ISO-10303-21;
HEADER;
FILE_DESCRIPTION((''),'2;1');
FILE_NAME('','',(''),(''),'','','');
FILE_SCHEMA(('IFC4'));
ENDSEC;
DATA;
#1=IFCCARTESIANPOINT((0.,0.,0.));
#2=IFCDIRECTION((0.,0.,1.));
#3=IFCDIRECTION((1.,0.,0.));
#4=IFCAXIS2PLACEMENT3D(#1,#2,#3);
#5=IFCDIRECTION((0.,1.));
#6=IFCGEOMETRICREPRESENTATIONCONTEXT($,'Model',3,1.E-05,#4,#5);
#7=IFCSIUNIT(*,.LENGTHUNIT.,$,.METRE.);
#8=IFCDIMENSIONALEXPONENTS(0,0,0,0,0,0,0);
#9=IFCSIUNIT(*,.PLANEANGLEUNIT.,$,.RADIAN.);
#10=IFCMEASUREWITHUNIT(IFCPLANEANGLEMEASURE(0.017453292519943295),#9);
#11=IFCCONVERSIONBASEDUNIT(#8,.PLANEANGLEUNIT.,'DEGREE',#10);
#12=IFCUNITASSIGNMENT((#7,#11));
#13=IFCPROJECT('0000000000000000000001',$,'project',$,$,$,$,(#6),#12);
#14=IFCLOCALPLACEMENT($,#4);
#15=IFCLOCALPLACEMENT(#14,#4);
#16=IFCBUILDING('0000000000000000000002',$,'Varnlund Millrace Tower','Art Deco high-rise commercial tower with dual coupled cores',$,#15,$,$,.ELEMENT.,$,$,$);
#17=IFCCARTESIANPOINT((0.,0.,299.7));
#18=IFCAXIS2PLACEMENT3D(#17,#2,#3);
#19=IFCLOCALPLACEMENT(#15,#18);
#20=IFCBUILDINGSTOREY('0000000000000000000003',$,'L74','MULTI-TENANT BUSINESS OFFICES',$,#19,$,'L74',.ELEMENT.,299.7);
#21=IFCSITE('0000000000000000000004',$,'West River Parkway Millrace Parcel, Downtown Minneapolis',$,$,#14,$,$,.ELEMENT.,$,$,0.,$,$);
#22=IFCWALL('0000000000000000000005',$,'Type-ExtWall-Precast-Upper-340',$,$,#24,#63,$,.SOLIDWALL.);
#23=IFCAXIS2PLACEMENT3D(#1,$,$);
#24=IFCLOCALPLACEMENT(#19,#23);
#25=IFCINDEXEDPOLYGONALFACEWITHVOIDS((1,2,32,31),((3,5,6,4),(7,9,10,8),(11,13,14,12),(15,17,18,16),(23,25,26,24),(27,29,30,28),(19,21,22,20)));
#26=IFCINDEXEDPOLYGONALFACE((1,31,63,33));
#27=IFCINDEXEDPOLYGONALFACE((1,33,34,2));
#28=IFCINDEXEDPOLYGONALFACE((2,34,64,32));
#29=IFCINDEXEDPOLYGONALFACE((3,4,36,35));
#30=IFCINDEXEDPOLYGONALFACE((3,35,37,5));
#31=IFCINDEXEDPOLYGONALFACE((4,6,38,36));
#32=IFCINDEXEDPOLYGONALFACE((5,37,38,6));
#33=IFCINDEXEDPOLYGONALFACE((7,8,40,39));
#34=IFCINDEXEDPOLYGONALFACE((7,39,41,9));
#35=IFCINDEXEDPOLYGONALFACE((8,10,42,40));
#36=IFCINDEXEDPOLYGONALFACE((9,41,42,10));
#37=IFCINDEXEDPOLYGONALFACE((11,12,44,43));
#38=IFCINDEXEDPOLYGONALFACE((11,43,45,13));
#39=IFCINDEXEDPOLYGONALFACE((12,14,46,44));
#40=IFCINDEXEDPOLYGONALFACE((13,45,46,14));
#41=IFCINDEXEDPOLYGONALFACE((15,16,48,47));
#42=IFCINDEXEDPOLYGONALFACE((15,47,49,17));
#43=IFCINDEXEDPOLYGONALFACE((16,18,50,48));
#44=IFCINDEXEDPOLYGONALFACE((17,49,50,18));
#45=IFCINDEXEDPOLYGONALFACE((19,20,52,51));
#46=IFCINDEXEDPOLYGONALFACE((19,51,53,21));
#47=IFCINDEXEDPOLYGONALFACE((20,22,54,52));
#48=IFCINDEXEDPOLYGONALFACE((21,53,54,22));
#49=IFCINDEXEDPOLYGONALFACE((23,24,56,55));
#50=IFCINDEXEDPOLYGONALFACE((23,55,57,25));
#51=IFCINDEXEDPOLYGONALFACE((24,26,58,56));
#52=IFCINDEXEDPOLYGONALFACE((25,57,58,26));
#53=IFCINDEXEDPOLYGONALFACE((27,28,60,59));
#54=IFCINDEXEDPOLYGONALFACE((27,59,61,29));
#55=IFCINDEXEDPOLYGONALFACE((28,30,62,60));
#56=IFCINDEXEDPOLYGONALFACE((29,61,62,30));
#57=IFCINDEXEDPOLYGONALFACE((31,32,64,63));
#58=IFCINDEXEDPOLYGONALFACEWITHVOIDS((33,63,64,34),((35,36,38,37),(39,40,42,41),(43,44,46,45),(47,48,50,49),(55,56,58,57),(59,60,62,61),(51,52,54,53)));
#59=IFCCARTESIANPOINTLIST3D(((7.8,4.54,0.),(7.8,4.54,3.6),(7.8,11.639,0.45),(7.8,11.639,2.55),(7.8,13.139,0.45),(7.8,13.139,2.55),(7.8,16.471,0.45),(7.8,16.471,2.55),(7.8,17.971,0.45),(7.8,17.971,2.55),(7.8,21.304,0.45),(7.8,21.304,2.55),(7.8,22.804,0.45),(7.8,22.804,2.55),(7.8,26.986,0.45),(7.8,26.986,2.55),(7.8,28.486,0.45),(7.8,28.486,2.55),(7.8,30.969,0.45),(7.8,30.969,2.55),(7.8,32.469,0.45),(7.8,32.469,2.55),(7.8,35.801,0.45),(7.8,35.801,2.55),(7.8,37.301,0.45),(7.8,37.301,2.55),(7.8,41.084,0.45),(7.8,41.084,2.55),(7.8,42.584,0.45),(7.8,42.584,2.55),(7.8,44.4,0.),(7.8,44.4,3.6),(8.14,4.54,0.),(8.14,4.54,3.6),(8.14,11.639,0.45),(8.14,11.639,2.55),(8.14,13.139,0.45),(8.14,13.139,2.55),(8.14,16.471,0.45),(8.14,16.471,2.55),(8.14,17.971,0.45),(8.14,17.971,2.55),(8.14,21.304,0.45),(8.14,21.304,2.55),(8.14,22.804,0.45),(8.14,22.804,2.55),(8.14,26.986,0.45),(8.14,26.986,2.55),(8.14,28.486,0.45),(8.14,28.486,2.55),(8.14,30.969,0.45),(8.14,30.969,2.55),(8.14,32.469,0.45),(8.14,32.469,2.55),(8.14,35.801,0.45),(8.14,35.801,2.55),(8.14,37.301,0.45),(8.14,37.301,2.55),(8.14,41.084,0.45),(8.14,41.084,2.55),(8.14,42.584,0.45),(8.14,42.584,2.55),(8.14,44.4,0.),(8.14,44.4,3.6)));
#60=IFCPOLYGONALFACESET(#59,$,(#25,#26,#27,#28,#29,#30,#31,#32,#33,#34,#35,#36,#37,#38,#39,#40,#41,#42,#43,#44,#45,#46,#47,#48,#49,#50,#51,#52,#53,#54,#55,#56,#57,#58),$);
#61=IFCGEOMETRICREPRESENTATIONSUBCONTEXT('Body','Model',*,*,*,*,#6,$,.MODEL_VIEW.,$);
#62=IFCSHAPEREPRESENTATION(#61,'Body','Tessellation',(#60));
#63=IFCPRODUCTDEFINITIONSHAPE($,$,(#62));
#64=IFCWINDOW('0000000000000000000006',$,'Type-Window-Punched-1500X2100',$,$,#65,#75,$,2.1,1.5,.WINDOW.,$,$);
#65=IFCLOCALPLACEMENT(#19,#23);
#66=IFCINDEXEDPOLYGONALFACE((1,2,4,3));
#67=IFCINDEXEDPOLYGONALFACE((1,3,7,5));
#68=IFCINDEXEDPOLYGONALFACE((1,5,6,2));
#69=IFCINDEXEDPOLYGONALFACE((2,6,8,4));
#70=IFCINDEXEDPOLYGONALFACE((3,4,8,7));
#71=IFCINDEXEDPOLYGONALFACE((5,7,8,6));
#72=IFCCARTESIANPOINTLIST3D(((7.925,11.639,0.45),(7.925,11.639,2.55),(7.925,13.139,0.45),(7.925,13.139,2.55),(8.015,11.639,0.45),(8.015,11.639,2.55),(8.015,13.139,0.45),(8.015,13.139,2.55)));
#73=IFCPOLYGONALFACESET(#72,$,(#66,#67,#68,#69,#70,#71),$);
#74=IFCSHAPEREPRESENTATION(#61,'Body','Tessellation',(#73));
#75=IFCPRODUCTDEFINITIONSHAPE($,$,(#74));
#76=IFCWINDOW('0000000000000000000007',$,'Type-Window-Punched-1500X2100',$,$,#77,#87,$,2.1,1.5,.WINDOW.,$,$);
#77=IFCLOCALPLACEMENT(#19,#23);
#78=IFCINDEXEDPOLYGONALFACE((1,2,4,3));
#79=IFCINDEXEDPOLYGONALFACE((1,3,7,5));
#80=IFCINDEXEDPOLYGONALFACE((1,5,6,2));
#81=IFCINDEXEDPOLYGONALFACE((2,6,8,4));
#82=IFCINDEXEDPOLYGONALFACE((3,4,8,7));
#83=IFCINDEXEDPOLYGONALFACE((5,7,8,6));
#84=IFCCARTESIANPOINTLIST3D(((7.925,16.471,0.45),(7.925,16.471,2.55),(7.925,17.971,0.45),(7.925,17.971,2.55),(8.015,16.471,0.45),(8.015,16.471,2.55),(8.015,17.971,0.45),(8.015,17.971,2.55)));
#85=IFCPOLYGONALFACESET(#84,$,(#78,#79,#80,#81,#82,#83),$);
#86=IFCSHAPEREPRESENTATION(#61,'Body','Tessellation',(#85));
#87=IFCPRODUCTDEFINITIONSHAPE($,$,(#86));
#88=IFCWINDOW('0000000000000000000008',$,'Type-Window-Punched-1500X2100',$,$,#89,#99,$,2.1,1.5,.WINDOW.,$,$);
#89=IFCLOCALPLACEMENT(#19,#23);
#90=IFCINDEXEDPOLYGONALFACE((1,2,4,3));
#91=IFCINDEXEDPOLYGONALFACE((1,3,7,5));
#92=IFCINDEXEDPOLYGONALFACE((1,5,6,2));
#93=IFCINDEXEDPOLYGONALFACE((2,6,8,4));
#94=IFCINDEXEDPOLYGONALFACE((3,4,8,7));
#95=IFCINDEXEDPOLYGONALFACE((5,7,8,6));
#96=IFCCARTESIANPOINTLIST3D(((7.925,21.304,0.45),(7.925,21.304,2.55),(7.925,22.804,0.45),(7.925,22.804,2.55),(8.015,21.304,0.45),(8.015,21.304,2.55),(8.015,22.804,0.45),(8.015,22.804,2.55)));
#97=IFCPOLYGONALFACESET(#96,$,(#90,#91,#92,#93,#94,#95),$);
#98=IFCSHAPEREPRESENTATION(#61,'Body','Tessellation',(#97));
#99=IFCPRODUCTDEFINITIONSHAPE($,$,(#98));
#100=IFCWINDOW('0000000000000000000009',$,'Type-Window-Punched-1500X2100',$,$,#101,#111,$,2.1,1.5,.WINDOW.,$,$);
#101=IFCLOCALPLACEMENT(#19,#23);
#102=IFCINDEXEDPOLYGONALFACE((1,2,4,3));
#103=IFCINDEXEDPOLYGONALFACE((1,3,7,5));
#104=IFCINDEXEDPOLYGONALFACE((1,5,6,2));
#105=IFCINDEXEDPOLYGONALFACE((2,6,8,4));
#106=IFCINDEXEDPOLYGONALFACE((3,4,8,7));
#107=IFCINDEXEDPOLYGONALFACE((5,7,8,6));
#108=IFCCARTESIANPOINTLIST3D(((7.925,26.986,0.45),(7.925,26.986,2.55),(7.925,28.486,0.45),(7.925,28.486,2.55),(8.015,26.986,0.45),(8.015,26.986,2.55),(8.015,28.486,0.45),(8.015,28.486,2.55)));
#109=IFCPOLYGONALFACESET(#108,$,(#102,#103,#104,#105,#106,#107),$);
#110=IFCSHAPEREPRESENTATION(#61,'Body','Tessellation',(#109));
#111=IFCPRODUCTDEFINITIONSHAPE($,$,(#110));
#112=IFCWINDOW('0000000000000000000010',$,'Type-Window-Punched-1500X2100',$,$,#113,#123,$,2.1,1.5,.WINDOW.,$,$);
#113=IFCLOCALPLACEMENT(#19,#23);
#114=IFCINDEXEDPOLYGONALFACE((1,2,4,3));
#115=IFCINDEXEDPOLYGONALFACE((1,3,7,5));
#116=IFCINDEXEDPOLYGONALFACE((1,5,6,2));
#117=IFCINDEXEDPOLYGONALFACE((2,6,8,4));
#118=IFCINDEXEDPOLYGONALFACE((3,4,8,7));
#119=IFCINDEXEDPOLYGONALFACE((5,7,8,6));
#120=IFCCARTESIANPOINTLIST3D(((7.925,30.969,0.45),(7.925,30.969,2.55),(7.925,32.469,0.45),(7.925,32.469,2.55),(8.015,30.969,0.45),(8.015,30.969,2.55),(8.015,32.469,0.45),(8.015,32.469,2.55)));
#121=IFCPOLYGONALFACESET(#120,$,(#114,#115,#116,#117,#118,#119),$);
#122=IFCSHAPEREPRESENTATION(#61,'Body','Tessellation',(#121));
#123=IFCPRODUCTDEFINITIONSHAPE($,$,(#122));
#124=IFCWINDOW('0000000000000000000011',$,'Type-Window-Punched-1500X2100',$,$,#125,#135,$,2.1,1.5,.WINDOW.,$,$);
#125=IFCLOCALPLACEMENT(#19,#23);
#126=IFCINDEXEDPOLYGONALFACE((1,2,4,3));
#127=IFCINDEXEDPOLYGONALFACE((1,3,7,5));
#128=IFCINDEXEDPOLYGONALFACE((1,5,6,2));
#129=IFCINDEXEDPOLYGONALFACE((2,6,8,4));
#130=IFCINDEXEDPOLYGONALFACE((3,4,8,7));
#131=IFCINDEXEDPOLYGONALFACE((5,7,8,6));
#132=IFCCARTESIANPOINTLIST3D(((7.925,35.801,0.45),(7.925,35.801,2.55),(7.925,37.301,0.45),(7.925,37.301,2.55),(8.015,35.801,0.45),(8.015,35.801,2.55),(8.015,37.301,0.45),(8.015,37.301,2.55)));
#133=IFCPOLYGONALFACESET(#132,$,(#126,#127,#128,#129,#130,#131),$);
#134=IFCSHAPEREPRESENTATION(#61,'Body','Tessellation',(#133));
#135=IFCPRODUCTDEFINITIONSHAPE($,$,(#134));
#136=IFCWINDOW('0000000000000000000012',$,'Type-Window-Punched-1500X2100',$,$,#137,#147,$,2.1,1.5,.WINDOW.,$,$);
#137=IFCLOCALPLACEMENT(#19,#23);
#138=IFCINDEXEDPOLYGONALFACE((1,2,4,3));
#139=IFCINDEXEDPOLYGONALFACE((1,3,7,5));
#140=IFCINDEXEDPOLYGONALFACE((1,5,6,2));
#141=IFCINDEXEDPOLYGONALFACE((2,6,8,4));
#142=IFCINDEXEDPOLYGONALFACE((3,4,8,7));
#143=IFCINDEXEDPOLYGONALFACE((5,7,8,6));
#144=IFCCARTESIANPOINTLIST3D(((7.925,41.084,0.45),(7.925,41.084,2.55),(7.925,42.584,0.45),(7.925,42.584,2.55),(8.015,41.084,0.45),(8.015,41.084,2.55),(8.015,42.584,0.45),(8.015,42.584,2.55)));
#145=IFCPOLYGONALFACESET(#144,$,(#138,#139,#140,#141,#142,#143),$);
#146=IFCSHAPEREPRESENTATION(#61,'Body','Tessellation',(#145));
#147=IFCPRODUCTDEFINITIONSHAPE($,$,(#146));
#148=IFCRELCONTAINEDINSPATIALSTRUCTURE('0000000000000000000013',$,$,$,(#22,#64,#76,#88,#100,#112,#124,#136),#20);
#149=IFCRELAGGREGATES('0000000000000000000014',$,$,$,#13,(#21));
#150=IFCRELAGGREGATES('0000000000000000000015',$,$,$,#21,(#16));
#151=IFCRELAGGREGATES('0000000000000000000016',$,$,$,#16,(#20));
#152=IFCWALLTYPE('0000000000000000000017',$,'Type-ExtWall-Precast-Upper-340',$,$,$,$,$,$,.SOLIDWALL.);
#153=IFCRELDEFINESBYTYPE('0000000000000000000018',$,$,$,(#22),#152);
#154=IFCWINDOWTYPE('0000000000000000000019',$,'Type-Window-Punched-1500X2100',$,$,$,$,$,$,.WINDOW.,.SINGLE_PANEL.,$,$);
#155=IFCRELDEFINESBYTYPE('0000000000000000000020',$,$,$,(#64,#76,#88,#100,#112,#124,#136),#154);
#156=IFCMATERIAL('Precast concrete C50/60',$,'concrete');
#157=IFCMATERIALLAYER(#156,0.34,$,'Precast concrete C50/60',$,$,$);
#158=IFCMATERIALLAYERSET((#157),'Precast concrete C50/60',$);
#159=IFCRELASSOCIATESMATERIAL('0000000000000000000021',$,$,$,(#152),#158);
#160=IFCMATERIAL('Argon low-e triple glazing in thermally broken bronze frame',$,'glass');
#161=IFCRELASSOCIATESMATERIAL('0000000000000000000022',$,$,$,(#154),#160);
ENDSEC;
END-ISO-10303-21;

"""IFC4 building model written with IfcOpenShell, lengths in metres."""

from ifc_helpers import new_model, entity, si_unit, converted_unit, direction, frame, origin_with_axes, origin_2d_with_axis, place, context, subcontext, project, spatial, polyline, rectangle, outline, extrude, material, layer, layer_set, type_object, element, fill, save


model = new_model("IFC4")

# Units and contexts
model_context = context("Model", 3, precision=1e-05, world=origin_with_axes(), true_north=direction((0.0, 1.0)))
body_context = subcontext(model_context, "Body", "Model", "MODEL_VIEW")
ifc_project = project(units=[si_unit("LENGTHUNIT", "METRE"), converted_unit("PLANEANGLEUNIT", "DEGREE", entity("IfcPlaneAngleMeasure", 0.017453292519943295), si_unit("PLANEANGLEUNIT", "RADIAN"), dimensions=[0, 0, 0, 0, 0, 0, 0])], contexts=[model_context])

# Site, building, storey
site_placement = place(None, origin_with_axes())
site = spatial("IfcSite", under=ifc_project, at=site_placement, Name="West River Parkway Millrace Parcel, Downtown Minneapolis", CompositionType="ELEMENT", RefElevation=0.0)
building_placement = place(site_placement, origin_with_axes())
building = spatial("IfcBuilding", under=site, at=building_placement, Name="Varnlund Millrace Tower", Description="Art Deco high-rise commercial tower with dual coupled cores", CompositionType="ELEMENT")
storey_placement = place(building_placement, frame((0.0, 0.0, 299.7), z_axis=(0.0, 0.0, 1.0), x_axis=(1.0, 0.0, 0.0)))
storey = spatial("IfcBuildingStorey", under=building, at=storey_placement, Name="L74", Description="MULTI-TENANT BUSINESS OFFICES", LongName="L74", CompositionType="ELEMENT", Elevation=299.7)

# Shared definitions
ifc_material_1 = material(Name="Precast concrete C50/60", Category="concrete")
ifc_layer_1 = layer(ifc_material_1, 0.34, Name="Precast concrete C50/60")
ifc_layer_set_1 = layer_set([ifc_layer_1], Name="Precast concrete C50/60")
wall_type_1 = type_object("IfcWallType", Name="Type-ExtWall-Precast-Upper-340", PredefinedType="SOLIDWALL", material=ifc_layer_set_1)

# Wall, openings, windows
wall_1_placement = place(storey_placement, frame((7.97, 4.54, 0.0), z_axis=(0.0, 0.0, 1.0), x_axis=(0.0, 1.0, 0.0)))
wall_1 = element("IfcWall", 1, at=wall_1_placement, inside=storey, type_object=wall_type_1, Name="Type-ExtWall-Precast-Upper-340", PredefinedType="SOLIDWALL", context=body_context, shape_type="SweptSolid", body=[
    extrude(outline(polyline([(0.0, -0.17), (39.86, -0.17), (39.86, 0.17), (0.0, 0.17), (0.0, -0.17)])), origin_with_axes(), (0.0, 0.0, 1.0), 3.6),
])
opening_1_placement = place(wall_1_placement, frame((7.849, 0.0, 0.45), z_axis=(0.0, 0.0, 1.0), x_axis=(1.0, 0.0, 0.0)))
opening_1 = element("IfcOpeningElement", 2, at=opening_1_placement, cuts=wall_1, PredefinedType="OPENING", context=body_context, shape_type="SweptSolid", body=[
    extrude(rectangle(XDim=1.5, YDim=0.36, at=origin_2d_with_axis()), origin_with_axes(), (0.0, 0.0, 1.0), 2.1),
])
opening_2_placement = place(wall_1_placement, frame((12.681, 0.0, 0.45), z_axis=(0.0, 0.0, 1.0), x_axis=(1.0, 0.0, 0.0)))
opening_2 = element("IfcOpeningElement", 3, at=opening_2_placement, cuts=wall_1, PredefinedType="OPENING", context=body_context, shape_type="SweptSolid", body=[
    extrude(rectangle(XDim=1.5, YDim=0.36, at=origin_2d_with_axis()), origin_with_axes(), (0.0, 0.0, 1.0), 2.1),
])
opening_3_placement = place(wall_1_placement, frame((17.514, 0.0, 0.45), z_axis=(0.0, 0.0, 1.0), x_axis=(1.0, 0.0, 0.0)))
opening_3 = element("IfcOpeningElement", 4, at=opening_3_placement, cuts=wall_1, PredefinedType="OPENING", context=body_context, shape_type="SweptSolid", body=[
    extrude(rectangle(XDim=1.5, YDim=0.36, at=origin_2d_with_axis()), origin_with_axes(), (0.0, 0.0, 1.0), 2.1),
])
opening_4_placement = place(wall_1_placement, frame((23.196, 0.0, 0.45), z_axis=(0.0, 0.0, 1.0), x_axis=(1.0, 0.0, 0.0)))
opening_4 = element("IfcOpeningElement", 5, at=opening_4_placement, cuts=wall_1, PredefinedType="OPENING", context=body_context, shape_type="SweptSolid", body=[
    extrude(rectangle(XDim=1.5, YDim=0.36, at=origin_2d_with_axis()), origin_with_axes(), (0.0, 0.0, 1.0), 2.1),
])
opening_5_placement = place(wall_1_placement, frame((27.179, 0.0, 0.45), z_axis=(0.0, 0.0, 1.0), x_axis=(1.0, 0.0, 0.0)))
opening_5 = element("IfcOpeningElement", 6, at=opening_5_placement, cuts=wall_1, PredefinedType="OPENING", context=body_context, shape_type="SweptSolid", body=[
    extrude(rectangle(XDim=1.5, YDim=0.36, at=origin_2d_with_axis()), origin_with_axes(), (0.0, 0.0, 1.0), 2.1),
])
opening_6_placement = place(wall_1_placement, frame((32.011, 0.0, 0.45), z_axis=(0.0, 0.0, 1.0), x_axis=(1.0, 0.0, 0.0)))
opening_6 = element("IfcOpeningElement", 7, at=opening_6_placement, cuts=wall_1, PredefinedType="OPENING", context=body_context, shape_type="SweptSolid", body=[
    extrude(rectangle(XDim=1.5, YDim=0.36, at=origin_2d_with_axis()), origin_with_axes(), (0.0, 0.0, 1.0), 2.1),
])
opening_7_placement = place(wall_1_placement, frame((37.294, 0.0, 0.45), z_axis=(0.0, 0.0, 1.0), x_axis=(1.0, 0.0, 0.0)))
opening_7 = element("IfcOpeningElement", 8, at=opening_7_placement, cuts=wall_1, PredefinedType="OPENING", context=body_context, shape_type="SweptSolid", body=[
    extrude(rectangle(XDim=1.5, YDim=0.36, at=origin_2d_with_axis()), origin_with_axes(), (0.0, 0.0, 1.0), 2.1),
])
ifc_material_2 = material(Name="Argon low-e triple glazing in thermally broken bronze frame", Category="glass")
window_type = type_object("IfcWindowType", Name="Type-Window-Punched-1500X2100", PartitioningType="SINGLE_PANEL", PredefinedType="WINDOW", material=ifc_material_2)
window_1_placement = place(wall_1_placement, frame((7.849, 0.0, 0.45), z_axis=(0.0, 0.0, 1.0), x_axis=(1.0, 0.0, 0.0)))
window_1 = element("IfcWindow", 9, at=window_1_placement, inside=storey, type_object=window_type, Name="Type-Window-Punched-1500X2100", OverallHeight=2.1, OverallWidth=1.5, PredefinedType="WINDOW", context=body_context, shape_type="SweptSolid", body=[
    extrude(rectangle(XDim=1.5, YDim=0.09, at=origin_2d_with_axis()), origin_with_axes(), (0.0, 0.0, 1.0), 2.1),
])
fill(opening_1, window_1)
window_2_placement = place(wall_1_placement, frame((12.681, 0.0, 0.45), z_axis=(0.0, 0.0, 1.0), x_axis=(1.0, 0.0, 0.0)))
window_2 = element("IfcWindow", 10, at=window_2_placement, inside=storey, type_object=window_type, Name="Type-Window-Punched-1500X2100", OverallHeight=2.1, OverallWidth=1.5, PredefinedType="WINDOW", context=body_context, shape_type="SweptSolid", body=[
    extrude(rectangle(XDim=1.5, YDim=0.09, at=origin_2d_with_axis()), origin_with_axes(), (0.0, 0.0, 1.0), 2.1),
])
fill(opening_2, window_2)
window_3_placement = place(wall_1_placement, frame((17.514, 0.0, 0.45), z_axis=(0.0, 0.0, 1.0), x_axis=(1.0, 0.0, 0.0)))
window_3 = element("IfcWindow", 11, at=window_3_placement, inside=storey, type_object=window_type, Name="Type-Window-Punched-1500X2100", OverallHeight=2.1, OverallWidth=1.5, PredefinedType="WINDOW", context=body_context, shape_type="SweptSolid", body=[
    extrude(rectangle(XDim=1.5, YDim=0.09, at=origin_2d_with_axis()), origin_with_axes(), (0.0, 0.0, 1.0), 2.1),
])
fill(opening_3, window_3)
window_4_placement = place(wall_1_placement, frame((23.196, 0.0, 0.45), z_axis=(0.0, 0.0, 1.0), x_axis=(1.0, 0.0, 0.0)))
window_4 = element("IfcWindow", 12, at=window_4_placement, inside=storey, type_object=window_type, Name="Type-Window-Punched-1500X2100", OverallHeight=2.1, OverallWidth=1.5, PredefinedType="WINDOW", context=body_context, shape_type="SweptSolid", body=[
    extrude(rectangle(XDim=1.5, YDim=0.09, at=origin_2d_with_axis()), origin_with_axes(), (0.0, 0.0, 1.0), 2.1),
])
fill(opening_4, window_4)
window_5_placement = place(wall_1_placement, frame((27.179, 0.0, 0.45), z_axis=(0.0, 0.0, 1.0), x_axis=(1.0, 0.0, 0.0)))
window_5 = element("IfcWindow", 13, at=window_5_placement, inside=storey, type_object=window_type, Name="Type-Window-Punched-1500X2100", OverallHeight=2.1, OverallWidth=1.5, PredefinedType="WINDOW", context=body_context, shape_type="SweptSolid", body=[
    extrude(rectangle(XDim=1.5, YDim=0.09, at=origin_2d_with_axis()), origin_with_axes(), (0.0, 0.0, 1.0), 2.1),
])
fill(opening_5, window_5)
window_6_placement = place(wall_1_placement, frame((32.011, 0.0, 0.45), z_axis=(0.0, 0.0, 1.0), x_axis=(1.0, 0.0, 0.0)))
window_6 = element("IfcWindow", 14, at=window_6_placement, inside=storey, type_object=window_type, Name="Type-Window-Punched-1500X2100", OverallHeight=2.1, OverallWidth=1.5, PredefinedType="WINDOW", context=body_context, shape_type="SweptSolid", body=[
    extrude(rectangle(XDim=1.5, YDim=0.09, at=origin_2d_with_axis()), origin_with_axes(), (0.0, 0.0, 1.0), 2.1),
])
fill(opening_6, window_6)
window_7_placement = place(wall_1_placement, frame((37.294, 0.0, 0.45), z_axis=(0.0, 0.0, 1.0), x_axis=(1.0, 0.0, 0.0)))
window_7 = element("IfcWindow", 15, at=window_7_placement, inside=storey, type_object=window_type, Name="Type-Window-Punched-1500X2100", OverallHeight=2.1, OverallWidth=1.5, PredefinedType="WINDOW", context=body_context, shape_type="SweptSolid", body=[
    extrude(rectangle(XDim=1.5, YDim=0.09, at=origin_2d_with_axis()), origin_with_axes(), (0.0, 0.0, 1.0), 2.1),
])
fill(opening_7, window_7)

save(model, "model.ifc")
